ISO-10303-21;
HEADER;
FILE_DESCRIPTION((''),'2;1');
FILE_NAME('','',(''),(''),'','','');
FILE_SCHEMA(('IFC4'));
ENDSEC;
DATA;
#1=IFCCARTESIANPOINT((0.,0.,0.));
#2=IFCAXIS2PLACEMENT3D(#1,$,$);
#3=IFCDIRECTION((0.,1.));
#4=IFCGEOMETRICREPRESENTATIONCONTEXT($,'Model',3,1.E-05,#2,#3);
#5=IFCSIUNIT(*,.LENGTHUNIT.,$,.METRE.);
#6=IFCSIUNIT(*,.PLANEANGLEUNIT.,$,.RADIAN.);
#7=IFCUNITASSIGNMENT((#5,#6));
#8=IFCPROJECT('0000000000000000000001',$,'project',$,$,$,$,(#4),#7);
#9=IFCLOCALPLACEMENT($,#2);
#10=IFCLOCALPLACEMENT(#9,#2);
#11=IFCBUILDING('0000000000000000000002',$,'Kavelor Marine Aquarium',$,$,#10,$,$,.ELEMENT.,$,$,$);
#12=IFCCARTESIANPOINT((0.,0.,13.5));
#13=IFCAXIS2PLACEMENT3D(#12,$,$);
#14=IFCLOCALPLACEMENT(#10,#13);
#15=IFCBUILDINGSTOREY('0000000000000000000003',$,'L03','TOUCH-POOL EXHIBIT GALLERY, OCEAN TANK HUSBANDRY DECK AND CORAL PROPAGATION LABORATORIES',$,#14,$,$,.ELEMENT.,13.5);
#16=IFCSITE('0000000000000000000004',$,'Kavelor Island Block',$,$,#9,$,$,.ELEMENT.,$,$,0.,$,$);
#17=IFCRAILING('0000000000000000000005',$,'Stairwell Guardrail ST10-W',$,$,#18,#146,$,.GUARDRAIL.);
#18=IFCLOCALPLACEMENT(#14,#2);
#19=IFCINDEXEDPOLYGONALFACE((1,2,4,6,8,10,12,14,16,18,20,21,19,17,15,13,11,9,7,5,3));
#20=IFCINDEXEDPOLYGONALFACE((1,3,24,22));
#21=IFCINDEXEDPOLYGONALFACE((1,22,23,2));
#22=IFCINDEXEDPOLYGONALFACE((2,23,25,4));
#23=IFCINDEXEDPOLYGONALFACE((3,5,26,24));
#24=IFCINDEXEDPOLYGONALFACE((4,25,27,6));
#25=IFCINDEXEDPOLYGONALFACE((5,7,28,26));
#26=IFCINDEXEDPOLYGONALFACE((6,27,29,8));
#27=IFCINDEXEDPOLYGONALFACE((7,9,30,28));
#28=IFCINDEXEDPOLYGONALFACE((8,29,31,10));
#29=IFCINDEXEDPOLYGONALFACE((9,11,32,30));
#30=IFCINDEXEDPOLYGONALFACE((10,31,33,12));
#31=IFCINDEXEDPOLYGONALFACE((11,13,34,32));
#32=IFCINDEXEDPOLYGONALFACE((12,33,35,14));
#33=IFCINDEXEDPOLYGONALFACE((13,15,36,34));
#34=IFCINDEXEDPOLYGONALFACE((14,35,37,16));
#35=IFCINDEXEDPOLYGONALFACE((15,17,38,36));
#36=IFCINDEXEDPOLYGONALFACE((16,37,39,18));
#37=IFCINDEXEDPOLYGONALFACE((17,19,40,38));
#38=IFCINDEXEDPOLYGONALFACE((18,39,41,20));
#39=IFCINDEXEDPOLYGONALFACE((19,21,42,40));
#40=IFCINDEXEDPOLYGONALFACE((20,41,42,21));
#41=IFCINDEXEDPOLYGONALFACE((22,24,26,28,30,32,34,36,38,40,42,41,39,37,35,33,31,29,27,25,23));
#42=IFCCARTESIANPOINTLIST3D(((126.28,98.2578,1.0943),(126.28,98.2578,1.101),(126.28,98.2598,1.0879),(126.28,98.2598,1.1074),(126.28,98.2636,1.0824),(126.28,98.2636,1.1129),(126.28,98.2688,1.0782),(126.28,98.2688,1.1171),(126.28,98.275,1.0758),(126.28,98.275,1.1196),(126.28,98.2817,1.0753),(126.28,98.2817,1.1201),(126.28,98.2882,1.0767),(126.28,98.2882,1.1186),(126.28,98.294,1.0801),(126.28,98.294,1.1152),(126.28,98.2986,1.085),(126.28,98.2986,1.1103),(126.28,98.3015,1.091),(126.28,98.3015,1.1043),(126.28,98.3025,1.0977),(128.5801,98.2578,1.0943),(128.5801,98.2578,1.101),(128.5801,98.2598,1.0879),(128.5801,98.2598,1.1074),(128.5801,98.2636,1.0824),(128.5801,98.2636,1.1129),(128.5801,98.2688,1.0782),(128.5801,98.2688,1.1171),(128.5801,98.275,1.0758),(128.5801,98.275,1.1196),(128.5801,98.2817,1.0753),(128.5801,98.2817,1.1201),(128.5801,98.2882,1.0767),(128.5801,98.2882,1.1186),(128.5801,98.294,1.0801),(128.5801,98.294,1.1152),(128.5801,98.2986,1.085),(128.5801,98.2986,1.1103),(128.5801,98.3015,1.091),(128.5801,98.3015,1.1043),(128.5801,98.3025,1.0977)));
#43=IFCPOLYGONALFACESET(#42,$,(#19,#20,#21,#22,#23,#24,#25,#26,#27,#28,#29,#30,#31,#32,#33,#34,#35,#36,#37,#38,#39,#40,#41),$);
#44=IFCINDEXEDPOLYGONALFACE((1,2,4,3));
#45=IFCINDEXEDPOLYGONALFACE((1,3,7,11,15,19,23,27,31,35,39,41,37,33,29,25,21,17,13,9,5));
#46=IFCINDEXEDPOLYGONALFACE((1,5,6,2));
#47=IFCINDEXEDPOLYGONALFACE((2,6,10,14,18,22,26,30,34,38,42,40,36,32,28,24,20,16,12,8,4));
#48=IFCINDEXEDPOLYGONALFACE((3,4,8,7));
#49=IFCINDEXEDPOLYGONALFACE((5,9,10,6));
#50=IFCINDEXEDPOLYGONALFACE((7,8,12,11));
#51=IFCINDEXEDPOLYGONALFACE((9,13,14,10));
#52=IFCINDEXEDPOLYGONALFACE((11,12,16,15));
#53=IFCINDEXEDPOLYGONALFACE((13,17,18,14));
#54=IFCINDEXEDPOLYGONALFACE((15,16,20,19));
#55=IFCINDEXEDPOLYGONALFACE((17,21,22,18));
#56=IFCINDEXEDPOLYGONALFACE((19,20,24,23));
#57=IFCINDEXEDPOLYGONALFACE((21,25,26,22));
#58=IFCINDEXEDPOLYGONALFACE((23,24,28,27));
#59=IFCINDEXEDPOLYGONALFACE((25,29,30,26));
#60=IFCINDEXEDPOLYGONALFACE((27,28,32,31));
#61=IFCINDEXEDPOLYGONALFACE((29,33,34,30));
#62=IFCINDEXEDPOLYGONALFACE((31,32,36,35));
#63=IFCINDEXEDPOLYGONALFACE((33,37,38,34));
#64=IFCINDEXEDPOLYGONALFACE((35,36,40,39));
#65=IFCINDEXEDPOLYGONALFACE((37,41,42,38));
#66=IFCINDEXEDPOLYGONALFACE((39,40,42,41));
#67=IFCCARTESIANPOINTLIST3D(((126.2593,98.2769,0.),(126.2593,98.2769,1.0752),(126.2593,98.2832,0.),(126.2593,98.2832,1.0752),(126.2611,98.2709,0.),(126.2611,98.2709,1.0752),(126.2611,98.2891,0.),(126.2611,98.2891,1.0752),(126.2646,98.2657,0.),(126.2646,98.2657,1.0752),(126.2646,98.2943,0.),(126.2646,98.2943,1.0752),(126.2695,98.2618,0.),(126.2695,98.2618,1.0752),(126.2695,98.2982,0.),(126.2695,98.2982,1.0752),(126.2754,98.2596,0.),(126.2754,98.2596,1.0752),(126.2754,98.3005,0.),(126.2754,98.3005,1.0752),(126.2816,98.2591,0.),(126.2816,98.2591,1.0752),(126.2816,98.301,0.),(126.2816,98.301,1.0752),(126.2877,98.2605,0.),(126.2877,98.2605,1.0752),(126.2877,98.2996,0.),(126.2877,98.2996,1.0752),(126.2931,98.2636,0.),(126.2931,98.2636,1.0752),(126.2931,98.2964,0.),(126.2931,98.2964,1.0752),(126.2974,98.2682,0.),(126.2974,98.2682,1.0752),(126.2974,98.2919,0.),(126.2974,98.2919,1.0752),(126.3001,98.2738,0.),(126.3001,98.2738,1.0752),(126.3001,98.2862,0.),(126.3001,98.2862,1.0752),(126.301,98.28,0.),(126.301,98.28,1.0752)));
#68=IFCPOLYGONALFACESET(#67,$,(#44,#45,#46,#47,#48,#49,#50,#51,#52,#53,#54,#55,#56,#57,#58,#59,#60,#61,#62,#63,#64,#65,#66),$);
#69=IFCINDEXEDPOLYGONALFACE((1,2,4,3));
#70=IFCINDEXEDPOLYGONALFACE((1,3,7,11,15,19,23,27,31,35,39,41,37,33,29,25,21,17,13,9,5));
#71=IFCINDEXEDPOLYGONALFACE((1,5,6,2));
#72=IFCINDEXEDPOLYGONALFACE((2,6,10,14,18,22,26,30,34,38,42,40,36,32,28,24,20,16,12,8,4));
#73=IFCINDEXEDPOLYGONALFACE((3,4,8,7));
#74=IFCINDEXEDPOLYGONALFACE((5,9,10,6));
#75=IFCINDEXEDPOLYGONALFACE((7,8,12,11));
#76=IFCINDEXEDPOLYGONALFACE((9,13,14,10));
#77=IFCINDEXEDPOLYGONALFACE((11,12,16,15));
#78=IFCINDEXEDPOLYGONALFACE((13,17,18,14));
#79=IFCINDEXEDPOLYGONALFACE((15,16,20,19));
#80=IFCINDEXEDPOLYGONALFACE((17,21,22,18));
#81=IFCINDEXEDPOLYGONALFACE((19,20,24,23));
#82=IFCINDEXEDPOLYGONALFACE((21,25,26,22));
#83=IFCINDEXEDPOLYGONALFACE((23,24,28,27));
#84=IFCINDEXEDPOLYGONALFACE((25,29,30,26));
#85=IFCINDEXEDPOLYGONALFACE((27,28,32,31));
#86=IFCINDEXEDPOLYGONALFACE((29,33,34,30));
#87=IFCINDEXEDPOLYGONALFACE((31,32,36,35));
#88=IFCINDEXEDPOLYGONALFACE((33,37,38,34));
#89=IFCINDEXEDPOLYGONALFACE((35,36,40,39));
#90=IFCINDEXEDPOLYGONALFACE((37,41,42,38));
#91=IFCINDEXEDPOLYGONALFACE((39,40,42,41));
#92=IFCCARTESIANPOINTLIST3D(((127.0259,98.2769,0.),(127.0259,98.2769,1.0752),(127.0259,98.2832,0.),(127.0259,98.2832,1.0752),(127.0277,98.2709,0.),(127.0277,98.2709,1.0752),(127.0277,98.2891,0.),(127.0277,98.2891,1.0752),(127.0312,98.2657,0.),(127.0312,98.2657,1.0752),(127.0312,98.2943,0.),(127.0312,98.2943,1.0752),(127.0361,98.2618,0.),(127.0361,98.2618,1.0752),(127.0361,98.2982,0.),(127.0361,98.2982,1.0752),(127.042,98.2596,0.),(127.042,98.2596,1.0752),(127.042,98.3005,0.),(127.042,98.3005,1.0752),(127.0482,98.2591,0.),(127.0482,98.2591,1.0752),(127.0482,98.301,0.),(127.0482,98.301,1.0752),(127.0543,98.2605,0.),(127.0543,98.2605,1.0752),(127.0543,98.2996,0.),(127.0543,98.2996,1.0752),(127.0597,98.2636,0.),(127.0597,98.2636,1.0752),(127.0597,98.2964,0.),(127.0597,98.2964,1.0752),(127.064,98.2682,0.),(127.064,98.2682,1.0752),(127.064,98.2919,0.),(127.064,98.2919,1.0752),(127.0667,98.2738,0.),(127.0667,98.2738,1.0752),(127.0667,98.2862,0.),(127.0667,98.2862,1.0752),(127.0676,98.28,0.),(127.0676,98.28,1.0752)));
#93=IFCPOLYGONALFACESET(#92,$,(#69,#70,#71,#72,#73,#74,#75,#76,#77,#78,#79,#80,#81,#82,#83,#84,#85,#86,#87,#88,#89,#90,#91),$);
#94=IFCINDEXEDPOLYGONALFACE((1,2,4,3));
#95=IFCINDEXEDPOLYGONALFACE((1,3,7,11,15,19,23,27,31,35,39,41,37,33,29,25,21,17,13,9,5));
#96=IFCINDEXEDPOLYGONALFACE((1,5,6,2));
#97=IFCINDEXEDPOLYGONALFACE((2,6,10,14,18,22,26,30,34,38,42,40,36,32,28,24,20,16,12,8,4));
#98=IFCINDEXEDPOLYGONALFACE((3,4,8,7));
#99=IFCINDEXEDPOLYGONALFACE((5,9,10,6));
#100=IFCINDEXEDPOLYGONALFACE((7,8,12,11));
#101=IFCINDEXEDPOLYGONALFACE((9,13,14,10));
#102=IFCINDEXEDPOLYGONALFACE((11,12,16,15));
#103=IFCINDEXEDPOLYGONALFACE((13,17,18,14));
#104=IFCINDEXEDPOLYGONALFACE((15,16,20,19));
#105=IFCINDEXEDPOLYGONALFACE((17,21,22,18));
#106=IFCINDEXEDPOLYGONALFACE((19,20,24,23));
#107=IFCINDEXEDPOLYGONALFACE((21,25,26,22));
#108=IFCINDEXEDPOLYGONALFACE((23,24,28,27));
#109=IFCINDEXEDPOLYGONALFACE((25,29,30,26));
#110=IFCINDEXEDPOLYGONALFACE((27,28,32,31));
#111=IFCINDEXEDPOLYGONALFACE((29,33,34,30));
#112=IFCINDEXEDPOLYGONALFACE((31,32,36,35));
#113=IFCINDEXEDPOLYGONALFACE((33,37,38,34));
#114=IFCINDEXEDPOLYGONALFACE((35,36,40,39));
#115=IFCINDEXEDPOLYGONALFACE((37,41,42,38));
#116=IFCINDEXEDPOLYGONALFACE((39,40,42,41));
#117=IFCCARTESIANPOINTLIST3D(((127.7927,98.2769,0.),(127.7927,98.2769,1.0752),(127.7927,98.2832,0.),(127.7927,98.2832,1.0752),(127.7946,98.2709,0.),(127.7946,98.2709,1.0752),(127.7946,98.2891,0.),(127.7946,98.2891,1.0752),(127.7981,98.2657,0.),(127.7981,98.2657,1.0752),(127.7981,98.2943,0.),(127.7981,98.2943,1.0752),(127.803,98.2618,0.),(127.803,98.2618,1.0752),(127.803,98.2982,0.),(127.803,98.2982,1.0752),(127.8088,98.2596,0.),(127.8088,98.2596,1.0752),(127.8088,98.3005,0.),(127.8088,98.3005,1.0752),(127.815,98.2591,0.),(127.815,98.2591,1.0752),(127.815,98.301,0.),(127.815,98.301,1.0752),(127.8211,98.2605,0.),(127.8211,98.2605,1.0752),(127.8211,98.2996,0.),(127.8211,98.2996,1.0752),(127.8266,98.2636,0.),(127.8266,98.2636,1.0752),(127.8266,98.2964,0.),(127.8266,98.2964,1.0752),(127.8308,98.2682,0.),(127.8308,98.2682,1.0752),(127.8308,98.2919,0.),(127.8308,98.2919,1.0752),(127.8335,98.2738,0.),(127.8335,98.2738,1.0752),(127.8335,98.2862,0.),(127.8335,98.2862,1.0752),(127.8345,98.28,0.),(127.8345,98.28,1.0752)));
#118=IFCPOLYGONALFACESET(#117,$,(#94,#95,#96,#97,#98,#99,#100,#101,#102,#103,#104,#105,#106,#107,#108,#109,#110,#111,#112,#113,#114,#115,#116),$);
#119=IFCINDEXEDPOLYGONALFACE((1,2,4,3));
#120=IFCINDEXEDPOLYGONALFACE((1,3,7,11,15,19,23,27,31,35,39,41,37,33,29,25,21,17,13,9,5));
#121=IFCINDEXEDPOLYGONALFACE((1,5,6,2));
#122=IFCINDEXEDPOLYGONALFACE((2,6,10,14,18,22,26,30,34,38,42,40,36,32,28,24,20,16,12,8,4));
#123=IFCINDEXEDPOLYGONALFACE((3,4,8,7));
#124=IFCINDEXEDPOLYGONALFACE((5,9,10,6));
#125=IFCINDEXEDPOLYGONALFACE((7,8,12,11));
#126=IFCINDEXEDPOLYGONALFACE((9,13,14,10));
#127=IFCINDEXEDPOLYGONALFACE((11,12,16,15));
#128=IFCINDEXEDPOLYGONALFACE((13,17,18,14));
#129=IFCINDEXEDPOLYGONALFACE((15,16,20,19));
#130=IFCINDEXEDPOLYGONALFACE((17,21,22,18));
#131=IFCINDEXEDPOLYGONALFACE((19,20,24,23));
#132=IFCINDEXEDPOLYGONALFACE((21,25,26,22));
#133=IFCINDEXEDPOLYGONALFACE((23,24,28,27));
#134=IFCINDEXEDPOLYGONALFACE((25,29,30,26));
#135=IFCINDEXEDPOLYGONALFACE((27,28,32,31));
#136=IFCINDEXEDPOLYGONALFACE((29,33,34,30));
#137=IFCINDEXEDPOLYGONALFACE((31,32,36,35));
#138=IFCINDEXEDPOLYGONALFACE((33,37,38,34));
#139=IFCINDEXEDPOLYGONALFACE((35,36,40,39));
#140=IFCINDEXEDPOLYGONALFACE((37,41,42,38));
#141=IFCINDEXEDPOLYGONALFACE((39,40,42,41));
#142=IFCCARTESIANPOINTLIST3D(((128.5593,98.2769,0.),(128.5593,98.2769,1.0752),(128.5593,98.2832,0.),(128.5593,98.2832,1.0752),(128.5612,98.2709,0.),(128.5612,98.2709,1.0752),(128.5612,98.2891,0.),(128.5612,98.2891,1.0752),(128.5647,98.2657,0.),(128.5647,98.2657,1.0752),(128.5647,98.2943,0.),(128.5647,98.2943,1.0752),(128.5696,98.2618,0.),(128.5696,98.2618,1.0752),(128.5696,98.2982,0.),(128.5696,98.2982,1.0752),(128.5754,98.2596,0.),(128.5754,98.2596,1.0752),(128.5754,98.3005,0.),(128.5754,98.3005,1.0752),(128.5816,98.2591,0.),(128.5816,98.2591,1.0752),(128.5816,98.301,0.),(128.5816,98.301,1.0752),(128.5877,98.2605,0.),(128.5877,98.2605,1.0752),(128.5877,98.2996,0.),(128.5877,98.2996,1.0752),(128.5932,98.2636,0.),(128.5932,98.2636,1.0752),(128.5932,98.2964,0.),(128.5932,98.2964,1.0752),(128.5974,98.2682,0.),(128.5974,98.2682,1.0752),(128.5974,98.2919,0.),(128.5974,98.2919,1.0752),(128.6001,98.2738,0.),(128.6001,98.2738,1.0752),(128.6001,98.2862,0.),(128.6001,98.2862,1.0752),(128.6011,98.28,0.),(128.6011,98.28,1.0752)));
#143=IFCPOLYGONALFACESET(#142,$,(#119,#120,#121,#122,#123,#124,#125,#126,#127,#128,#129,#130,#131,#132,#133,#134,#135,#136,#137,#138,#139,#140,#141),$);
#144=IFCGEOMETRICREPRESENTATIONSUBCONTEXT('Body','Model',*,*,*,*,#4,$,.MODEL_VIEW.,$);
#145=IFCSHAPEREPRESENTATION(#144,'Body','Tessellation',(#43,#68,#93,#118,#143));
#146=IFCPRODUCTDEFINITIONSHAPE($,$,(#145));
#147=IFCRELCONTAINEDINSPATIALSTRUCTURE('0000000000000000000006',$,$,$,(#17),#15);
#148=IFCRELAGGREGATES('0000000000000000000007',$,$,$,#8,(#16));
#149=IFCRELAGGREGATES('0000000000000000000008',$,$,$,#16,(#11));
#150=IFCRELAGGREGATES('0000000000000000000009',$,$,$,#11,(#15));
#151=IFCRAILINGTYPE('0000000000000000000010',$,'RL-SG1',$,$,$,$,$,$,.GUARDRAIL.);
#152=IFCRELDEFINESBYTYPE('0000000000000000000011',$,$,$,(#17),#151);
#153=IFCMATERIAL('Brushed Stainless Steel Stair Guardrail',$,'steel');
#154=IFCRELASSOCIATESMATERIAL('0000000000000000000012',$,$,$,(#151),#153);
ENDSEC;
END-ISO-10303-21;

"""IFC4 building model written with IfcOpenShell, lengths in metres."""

from ifc_helpers import new_model, si_unit, direction, frame, origin, origin_2d, place, context, subcontext, project, spatial, circle, extrude, material, type_object, element, save


model = new_model("IFC4")

# Units and contexts
model_context = context("Model", 3, precision=1e-05, world=origin(), true_north=direction((0.0, 1.0)))
body_context = subcontext(model_context, "Body", "Model", "MODEL_VIEW")
ifc_project = project(units=[si_unit("LENGTHUNIT", "METRE"), si_unit("PLANEANGLEUNIT", "RADIAN")], contexts=[model_context])

# Site, building, storey
site_placement = place(None, origin())
site = spatial("IfcSite", under=ifc_project, at=site_placement, Name="Kavelor Island Block", CompositionType="ELEMENT", RefElevation=0.0)
building_placement = place(site_placement, origin())
building = spatial("IfcBuilding", under=site, at=building_placement, Name="Kavelor Marine Aquarium", CompositionType="ELEMENT")
storey_placement = place(building_placement, frame((0.0, 0.0, 13.5)))
storey = spatial("IfcBuildingStorey", under=building, at=storey_placement, Name="L03", Description="TOUCH-POOL EXHIBIT GALLERY, OCEAN TANK HUSBANDRY DECK AND CORAL PROPAGATION LABORATORIES", CompositionType="ELEMENT", Elevation=13.5)

# Railing
ifc_material_1 = material(Name="Brushed Stainless Steel Stair Guardrail", Category="steel")
railing_type_1 = type_object("IfcRailingType", Name="RL-SG1", PredefinedType="GUARDRAIL", material=ifc_material_1)
railing_1_placement = place(storey_placement, frame((126.28, 98.28, 0.0)))
element("IfcRailing", 1, at=railing_1_placement, inside=storey, type_object=railing_type_1, Name="Stairwell Guardrail ST10-W", PredefinedType="GUARDRAIL", context=body_context, shape_type="SweptSolid", body=[
    extrude(circle(Radius=0.0225, at=origin_2d()), frame((0.0, 0.0, 1.0977), z_axis=(1.0, 0.0, 0.0), x_axis=(0.0, 1.0, 0.0)), (0.0, 0.0, 1.0), 2.3),
    extrude(circle(Radius=0.021, at=origin_2d()), origin(), (0.0, 0.0, 1.0), 1.0752),
    extrude(circle(Radius=0.021, at=origin_2d()), frame((0.7666, 0.0, 0.0)), (0.0, 0.0, 1.0), 1.0752),
    extrude(circle(Radius=0.021, at=origin_2d()), frame((1.5334, 0.0, 0.0)), (0.0, 0.0, 1.0), 1.0752),
    extrude(circle(Radius=0.021, at=origin_2d()), frame((2.3, 0.0, 0.0)), (0.0, 0.0, 1.0), 1.0752),
])

save(model, "model.ifc")
